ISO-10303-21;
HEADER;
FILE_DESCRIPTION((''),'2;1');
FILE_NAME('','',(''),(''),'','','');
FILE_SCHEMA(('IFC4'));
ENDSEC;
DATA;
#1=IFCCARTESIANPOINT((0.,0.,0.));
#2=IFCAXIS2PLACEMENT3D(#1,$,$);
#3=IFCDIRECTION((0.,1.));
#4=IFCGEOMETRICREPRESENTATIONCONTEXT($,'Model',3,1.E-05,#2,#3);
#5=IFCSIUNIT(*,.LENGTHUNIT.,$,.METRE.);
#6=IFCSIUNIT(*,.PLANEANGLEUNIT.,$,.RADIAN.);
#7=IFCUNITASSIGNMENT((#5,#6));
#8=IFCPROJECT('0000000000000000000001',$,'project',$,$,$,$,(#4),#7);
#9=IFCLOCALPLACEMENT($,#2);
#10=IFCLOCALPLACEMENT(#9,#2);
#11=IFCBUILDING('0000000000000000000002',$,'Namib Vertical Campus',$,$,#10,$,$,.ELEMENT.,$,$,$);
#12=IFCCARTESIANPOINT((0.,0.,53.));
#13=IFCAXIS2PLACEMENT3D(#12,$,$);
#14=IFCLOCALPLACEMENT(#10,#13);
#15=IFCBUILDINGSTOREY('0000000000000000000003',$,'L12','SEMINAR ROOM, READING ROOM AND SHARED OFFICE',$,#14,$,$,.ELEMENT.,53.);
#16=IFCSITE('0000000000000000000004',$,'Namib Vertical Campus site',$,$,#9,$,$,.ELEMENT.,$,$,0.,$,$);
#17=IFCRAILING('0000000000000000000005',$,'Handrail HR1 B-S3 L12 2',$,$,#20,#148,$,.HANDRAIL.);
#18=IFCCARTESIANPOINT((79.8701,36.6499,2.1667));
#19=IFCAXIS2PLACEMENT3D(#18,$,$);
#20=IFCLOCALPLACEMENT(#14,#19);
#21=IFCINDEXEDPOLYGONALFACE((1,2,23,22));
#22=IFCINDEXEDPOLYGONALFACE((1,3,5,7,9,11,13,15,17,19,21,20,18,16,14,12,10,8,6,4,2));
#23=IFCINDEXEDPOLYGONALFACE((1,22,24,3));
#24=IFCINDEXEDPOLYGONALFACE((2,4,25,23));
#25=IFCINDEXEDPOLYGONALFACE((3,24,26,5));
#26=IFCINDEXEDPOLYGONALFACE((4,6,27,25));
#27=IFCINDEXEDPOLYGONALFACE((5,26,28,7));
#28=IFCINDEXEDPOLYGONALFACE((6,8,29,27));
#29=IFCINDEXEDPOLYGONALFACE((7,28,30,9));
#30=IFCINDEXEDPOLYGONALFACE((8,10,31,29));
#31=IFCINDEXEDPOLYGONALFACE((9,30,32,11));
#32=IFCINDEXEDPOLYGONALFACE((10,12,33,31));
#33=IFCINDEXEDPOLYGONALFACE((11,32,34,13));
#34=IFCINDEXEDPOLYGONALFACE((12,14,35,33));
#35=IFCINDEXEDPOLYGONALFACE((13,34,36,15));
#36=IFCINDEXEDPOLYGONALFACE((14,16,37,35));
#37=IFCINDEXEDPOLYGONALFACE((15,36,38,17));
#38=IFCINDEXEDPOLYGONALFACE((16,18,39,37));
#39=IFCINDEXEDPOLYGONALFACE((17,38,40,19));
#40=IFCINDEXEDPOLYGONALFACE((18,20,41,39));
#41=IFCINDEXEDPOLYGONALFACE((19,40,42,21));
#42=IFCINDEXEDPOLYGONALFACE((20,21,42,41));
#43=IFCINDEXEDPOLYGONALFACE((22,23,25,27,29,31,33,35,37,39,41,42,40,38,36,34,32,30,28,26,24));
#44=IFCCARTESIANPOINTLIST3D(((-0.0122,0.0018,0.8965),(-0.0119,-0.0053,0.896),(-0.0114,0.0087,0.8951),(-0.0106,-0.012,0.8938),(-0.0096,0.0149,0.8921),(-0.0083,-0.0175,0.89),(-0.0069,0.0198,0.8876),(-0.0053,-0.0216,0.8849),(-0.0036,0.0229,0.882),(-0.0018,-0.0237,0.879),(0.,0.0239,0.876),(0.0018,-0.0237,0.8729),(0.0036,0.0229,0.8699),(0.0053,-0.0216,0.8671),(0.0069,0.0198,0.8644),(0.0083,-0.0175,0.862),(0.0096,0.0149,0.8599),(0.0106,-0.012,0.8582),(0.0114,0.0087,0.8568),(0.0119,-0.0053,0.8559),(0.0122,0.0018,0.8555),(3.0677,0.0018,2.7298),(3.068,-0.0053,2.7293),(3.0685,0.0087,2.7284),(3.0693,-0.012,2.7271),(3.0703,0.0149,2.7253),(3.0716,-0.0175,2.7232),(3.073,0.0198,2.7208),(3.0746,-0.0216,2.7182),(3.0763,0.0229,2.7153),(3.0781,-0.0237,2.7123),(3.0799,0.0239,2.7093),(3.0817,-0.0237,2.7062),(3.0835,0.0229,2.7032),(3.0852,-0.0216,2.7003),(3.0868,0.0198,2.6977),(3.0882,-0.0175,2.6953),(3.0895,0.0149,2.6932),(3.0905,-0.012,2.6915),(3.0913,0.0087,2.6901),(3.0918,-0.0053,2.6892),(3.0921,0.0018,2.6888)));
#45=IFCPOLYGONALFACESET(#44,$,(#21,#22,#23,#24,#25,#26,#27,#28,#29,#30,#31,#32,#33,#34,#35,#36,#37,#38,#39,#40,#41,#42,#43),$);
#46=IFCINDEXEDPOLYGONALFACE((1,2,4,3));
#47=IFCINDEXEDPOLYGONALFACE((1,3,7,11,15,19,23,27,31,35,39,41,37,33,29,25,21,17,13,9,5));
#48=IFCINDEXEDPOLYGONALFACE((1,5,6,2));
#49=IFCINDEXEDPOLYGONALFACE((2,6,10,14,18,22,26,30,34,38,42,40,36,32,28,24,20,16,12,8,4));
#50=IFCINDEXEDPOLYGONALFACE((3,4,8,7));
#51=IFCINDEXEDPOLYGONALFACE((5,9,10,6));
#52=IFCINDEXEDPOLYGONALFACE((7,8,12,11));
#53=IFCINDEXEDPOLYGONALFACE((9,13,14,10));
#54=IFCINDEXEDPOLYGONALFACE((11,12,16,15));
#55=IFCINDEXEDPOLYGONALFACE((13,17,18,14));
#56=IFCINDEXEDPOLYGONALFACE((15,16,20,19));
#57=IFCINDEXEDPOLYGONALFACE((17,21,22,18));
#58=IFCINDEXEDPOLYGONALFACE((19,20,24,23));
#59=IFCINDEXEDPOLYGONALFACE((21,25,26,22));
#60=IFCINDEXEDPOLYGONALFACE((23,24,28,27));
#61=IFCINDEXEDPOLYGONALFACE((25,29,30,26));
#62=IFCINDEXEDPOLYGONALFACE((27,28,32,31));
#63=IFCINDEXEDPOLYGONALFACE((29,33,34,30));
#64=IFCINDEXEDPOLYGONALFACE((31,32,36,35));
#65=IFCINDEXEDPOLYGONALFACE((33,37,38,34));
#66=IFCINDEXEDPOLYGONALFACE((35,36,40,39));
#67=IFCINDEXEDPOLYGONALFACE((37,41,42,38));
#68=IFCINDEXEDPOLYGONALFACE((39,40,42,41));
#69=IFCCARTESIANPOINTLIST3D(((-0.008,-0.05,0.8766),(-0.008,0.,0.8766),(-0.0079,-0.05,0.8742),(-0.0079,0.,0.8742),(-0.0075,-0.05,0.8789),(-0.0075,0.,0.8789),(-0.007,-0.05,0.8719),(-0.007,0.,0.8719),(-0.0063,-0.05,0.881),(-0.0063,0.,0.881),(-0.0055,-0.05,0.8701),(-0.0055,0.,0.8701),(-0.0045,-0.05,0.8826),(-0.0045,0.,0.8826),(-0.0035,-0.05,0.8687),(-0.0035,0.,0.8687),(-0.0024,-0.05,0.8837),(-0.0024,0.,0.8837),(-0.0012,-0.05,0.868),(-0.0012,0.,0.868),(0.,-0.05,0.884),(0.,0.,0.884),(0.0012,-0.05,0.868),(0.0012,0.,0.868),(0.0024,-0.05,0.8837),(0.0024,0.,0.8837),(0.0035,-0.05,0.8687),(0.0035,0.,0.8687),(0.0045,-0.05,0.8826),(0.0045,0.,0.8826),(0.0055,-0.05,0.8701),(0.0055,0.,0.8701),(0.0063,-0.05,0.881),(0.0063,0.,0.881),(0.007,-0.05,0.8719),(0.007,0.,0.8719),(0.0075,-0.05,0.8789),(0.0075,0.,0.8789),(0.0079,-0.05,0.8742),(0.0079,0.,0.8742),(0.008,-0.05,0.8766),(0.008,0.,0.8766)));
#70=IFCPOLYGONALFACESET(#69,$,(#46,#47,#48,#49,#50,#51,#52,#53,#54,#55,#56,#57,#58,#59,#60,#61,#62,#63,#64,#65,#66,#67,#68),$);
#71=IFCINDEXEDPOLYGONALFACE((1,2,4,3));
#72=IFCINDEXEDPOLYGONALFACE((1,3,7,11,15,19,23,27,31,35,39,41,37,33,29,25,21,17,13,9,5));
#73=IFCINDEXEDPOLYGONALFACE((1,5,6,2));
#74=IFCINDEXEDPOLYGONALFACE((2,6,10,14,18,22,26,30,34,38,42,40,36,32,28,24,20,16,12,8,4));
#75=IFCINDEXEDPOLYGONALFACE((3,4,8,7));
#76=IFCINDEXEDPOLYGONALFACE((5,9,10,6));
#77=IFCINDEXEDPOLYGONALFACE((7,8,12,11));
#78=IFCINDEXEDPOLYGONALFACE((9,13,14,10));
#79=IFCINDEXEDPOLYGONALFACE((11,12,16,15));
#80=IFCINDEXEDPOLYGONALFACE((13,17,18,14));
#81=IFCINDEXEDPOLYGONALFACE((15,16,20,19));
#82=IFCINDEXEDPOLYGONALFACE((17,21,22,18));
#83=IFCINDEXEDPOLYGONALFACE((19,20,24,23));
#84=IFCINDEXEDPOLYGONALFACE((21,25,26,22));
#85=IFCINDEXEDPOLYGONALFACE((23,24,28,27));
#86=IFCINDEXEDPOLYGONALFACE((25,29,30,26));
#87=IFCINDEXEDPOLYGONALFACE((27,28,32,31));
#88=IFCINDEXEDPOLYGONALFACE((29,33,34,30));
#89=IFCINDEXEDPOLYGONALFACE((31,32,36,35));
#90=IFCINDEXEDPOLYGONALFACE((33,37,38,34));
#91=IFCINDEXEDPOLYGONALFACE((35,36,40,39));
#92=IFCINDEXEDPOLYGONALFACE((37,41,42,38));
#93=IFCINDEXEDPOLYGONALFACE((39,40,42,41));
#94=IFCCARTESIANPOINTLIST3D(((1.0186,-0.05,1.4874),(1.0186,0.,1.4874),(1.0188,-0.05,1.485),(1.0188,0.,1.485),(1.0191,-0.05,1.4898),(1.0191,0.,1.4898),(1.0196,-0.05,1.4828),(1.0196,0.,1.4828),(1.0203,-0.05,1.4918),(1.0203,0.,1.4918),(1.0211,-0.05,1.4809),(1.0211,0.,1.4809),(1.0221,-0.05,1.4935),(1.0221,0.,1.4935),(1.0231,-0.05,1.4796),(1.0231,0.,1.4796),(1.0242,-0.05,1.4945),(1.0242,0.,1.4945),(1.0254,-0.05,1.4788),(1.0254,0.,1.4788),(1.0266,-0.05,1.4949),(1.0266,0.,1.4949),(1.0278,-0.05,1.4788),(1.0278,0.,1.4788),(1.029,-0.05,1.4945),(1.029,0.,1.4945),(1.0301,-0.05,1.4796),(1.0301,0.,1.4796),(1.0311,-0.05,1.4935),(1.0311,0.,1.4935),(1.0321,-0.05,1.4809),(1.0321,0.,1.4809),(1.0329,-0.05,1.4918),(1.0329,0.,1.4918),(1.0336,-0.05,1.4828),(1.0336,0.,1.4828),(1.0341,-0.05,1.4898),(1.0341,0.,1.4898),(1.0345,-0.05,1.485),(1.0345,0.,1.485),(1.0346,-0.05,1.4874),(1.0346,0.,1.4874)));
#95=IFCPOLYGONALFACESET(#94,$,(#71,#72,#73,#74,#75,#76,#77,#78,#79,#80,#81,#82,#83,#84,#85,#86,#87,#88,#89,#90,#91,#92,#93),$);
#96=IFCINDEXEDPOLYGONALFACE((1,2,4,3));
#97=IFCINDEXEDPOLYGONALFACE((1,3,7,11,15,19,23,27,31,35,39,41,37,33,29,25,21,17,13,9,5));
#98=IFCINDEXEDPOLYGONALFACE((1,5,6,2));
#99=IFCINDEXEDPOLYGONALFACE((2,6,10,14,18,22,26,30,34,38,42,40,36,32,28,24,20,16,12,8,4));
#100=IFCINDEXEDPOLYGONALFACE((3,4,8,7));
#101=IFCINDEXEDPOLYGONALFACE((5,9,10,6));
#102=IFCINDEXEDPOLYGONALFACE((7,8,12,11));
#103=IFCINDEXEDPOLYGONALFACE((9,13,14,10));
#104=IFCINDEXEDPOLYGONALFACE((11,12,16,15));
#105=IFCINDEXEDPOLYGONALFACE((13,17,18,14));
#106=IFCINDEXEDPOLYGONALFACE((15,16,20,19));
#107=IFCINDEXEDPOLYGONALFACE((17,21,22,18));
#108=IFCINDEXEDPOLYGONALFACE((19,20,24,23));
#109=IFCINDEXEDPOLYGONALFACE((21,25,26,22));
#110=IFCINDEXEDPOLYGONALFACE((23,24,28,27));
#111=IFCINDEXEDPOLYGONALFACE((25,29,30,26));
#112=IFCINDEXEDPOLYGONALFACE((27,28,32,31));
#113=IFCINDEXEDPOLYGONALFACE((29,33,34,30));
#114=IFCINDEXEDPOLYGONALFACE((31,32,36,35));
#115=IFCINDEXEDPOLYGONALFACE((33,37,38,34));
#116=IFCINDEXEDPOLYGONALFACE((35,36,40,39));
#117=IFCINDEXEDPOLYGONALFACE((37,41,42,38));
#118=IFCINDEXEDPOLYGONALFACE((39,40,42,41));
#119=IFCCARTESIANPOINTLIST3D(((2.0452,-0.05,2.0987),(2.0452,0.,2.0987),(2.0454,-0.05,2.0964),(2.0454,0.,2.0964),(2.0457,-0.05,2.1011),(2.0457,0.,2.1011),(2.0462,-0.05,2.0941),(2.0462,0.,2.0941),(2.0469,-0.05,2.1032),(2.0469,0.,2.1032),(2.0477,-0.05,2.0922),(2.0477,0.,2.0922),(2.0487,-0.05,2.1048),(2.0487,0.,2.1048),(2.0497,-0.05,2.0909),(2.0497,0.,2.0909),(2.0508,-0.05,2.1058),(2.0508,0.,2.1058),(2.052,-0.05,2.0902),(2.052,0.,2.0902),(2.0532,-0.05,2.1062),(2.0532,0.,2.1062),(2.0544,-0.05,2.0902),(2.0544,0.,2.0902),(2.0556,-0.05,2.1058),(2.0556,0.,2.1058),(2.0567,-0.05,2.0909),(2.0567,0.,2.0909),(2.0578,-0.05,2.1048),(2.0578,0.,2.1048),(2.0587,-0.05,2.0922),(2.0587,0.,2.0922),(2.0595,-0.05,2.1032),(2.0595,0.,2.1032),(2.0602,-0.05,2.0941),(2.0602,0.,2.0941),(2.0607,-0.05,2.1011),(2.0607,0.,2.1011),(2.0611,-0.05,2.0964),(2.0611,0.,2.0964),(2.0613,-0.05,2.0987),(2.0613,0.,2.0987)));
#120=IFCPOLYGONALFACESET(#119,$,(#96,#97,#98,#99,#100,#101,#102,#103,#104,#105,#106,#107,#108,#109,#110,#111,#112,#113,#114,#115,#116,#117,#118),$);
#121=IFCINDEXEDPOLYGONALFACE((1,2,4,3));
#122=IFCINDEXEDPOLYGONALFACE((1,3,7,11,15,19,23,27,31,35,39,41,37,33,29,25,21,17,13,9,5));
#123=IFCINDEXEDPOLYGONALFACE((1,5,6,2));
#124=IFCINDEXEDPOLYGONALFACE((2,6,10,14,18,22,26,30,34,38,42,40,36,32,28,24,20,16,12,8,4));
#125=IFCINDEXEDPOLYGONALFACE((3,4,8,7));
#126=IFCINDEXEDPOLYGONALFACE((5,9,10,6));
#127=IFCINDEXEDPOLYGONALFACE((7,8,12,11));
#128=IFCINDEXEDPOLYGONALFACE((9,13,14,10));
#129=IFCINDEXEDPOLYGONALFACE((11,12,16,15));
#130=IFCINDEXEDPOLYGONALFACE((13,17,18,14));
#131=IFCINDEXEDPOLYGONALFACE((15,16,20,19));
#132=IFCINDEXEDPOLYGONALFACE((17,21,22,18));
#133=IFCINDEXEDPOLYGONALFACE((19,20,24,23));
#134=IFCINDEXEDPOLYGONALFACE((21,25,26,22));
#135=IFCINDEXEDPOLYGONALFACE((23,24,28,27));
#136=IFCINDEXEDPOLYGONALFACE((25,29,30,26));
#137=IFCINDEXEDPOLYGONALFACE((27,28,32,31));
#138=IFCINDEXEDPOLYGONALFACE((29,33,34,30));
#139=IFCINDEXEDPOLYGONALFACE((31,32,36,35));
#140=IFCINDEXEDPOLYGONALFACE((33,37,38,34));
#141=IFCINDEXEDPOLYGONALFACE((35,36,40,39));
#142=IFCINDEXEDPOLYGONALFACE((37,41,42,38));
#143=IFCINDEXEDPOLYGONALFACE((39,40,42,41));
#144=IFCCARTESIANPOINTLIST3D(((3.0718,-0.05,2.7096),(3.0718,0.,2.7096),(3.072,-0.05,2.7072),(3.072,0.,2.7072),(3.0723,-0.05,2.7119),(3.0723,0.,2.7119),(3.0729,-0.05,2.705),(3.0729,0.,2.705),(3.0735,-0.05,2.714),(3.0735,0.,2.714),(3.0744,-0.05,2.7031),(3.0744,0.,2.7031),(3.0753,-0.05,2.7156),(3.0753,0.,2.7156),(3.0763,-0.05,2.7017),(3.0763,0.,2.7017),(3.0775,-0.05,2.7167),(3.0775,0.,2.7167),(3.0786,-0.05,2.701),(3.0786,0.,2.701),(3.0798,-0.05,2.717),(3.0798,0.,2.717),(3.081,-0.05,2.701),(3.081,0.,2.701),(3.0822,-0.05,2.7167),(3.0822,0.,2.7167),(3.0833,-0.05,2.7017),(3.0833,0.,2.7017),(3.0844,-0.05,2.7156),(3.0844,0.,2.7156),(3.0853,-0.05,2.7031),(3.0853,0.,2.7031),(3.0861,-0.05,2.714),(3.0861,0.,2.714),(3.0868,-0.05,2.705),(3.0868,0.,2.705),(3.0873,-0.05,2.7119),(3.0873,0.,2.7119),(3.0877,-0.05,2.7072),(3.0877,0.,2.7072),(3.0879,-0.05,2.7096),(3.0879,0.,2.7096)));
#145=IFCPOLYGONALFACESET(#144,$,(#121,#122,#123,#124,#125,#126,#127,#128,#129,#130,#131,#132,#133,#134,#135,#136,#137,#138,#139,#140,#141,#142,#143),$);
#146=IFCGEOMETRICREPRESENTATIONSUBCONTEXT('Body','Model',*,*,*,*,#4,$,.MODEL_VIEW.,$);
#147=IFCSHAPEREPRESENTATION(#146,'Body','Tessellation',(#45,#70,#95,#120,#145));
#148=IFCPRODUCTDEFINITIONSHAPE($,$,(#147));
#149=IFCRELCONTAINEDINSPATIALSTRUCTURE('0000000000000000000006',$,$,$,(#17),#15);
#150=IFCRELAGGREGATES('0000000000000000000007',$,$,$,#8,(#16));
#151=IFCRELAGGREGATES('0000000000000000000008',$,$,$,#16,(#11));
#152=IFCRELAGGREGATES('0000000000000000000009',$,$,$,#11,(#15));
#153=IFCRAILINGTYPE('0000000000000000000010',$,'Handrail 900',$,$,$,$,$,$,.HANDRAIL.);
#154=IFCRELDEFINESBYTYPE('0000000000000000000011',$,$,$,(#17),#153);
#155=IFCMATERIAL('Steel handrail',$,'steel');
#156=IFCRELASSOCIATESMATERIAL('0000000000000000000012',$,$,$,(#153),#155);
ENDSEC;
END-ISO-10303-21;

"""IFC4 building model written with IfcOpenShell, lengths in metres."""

from ifc_helpers import new_model, si_unit, direction, frame, origin, origin_2d, place, context, subcontext, project, spatial, circle, extrude, material, type_object, element, save


model = new_model("IFC4")

# Units and contexts
model_context = context("Model", 3, precision=1e-05, world=origin(), true_north=direction((0.0, 1.0)))
body_context = subcontext(model_context, "Body", "Model", "MODEL_VIEW")
ifc_project = project(units=[si_unit("LENGTHUNIT", "METRE"), si_unit("PLANEANGLEUNIT", "RADIAN")], contexts=[model_context])

# Site, building, storey
site_placement = place(None, origin())
site = spatial("IfcSite", under=ifc_project, at=site_placement, Name="Namib Vertical Campus site", CompositionType="ELEMENT", RefElevation=0.0)
building_placement = place(site_placement, origin())
building = spatial("IfcBuilding", under=site, at=building_placement, Name="Namib Vertical Campus", CompositionType="ELEMENT")
storey_placement = place(building_placement, frame((0.0, 0.0, 53.0)))
storey = spatial("IfcBuildingStorey", under=building, at=storey_placement, Name="L12", Description="SEMINAR ROOM, READING ROOM AND SHARED OFFICE", CompositionType="ELEMENT", Elevation=53.0)

# Railing
ifc_material_1 = material(Name="Steel handrail", Category="steel")
railing_type = type_object("IfcRailingType", Name="Handrail 900", PredefinedType="HANDRAIL", material=ifc_material_1)
railing_placement = place(storey_placement, frame((79.8701, 36.6499, 2.1667)))
element("IfcRailing", 1, at=railing_placement, inside=storey, type_object=railing_type, Name="Handrail HR1 B-S3 L12 2", PredefinedType="HANDRAIL", context=body_context, shape_type="SweptSolid", body=[
    extrude(circle(Radius=0.0239, at=origin_2d()), frame((0.0, 0.0, 0.876), z_axis=(0.859291, 0.0, 0.511487), x_axis=(0.0, 1.0, 0.0)), (0.0, 0.0, 1.0), 3.5842),
    extrude(circle(Radius=0.0081, at=origin_2d()), frame((0.0, 0.0, 0.876), z_axis=(0.0, -1.0, 0.0), x_axis=(0.0, 0.0, 1.0)), (0.0, 0.0, 1.0), 0.05),
    extrude(circle(Radius=0.0081, at=origin_2d()), frame((1.0266, 0.0, 1.4868), z_axis=(0.0, -1.0, 0.0), x_axis=(0.0, 0.0, 1.0)), (0.0, 0.0, 1.0), 0.05),
    extrude(circle(Radius=0.0081, at=origin_2d()), frame((2.0532, 0.0, 2.0981), z_axis=(0.0, -1.0, 0.0), x_axis=(0.0, 0.0, 1.0)), (0.0, 0.0, 1.0), 0.05),
    extrude(circle(Radius=0.0081, at=origin_2d()), frame((3.0798, 0.0, 2.709), z_axis=(0.0, -1.0, 0.0), x_axis=(0.0, 0.0, 1.0)), (0.0, 0.0, 1.0), 0.05),
])

save(model, "model.ifc")
